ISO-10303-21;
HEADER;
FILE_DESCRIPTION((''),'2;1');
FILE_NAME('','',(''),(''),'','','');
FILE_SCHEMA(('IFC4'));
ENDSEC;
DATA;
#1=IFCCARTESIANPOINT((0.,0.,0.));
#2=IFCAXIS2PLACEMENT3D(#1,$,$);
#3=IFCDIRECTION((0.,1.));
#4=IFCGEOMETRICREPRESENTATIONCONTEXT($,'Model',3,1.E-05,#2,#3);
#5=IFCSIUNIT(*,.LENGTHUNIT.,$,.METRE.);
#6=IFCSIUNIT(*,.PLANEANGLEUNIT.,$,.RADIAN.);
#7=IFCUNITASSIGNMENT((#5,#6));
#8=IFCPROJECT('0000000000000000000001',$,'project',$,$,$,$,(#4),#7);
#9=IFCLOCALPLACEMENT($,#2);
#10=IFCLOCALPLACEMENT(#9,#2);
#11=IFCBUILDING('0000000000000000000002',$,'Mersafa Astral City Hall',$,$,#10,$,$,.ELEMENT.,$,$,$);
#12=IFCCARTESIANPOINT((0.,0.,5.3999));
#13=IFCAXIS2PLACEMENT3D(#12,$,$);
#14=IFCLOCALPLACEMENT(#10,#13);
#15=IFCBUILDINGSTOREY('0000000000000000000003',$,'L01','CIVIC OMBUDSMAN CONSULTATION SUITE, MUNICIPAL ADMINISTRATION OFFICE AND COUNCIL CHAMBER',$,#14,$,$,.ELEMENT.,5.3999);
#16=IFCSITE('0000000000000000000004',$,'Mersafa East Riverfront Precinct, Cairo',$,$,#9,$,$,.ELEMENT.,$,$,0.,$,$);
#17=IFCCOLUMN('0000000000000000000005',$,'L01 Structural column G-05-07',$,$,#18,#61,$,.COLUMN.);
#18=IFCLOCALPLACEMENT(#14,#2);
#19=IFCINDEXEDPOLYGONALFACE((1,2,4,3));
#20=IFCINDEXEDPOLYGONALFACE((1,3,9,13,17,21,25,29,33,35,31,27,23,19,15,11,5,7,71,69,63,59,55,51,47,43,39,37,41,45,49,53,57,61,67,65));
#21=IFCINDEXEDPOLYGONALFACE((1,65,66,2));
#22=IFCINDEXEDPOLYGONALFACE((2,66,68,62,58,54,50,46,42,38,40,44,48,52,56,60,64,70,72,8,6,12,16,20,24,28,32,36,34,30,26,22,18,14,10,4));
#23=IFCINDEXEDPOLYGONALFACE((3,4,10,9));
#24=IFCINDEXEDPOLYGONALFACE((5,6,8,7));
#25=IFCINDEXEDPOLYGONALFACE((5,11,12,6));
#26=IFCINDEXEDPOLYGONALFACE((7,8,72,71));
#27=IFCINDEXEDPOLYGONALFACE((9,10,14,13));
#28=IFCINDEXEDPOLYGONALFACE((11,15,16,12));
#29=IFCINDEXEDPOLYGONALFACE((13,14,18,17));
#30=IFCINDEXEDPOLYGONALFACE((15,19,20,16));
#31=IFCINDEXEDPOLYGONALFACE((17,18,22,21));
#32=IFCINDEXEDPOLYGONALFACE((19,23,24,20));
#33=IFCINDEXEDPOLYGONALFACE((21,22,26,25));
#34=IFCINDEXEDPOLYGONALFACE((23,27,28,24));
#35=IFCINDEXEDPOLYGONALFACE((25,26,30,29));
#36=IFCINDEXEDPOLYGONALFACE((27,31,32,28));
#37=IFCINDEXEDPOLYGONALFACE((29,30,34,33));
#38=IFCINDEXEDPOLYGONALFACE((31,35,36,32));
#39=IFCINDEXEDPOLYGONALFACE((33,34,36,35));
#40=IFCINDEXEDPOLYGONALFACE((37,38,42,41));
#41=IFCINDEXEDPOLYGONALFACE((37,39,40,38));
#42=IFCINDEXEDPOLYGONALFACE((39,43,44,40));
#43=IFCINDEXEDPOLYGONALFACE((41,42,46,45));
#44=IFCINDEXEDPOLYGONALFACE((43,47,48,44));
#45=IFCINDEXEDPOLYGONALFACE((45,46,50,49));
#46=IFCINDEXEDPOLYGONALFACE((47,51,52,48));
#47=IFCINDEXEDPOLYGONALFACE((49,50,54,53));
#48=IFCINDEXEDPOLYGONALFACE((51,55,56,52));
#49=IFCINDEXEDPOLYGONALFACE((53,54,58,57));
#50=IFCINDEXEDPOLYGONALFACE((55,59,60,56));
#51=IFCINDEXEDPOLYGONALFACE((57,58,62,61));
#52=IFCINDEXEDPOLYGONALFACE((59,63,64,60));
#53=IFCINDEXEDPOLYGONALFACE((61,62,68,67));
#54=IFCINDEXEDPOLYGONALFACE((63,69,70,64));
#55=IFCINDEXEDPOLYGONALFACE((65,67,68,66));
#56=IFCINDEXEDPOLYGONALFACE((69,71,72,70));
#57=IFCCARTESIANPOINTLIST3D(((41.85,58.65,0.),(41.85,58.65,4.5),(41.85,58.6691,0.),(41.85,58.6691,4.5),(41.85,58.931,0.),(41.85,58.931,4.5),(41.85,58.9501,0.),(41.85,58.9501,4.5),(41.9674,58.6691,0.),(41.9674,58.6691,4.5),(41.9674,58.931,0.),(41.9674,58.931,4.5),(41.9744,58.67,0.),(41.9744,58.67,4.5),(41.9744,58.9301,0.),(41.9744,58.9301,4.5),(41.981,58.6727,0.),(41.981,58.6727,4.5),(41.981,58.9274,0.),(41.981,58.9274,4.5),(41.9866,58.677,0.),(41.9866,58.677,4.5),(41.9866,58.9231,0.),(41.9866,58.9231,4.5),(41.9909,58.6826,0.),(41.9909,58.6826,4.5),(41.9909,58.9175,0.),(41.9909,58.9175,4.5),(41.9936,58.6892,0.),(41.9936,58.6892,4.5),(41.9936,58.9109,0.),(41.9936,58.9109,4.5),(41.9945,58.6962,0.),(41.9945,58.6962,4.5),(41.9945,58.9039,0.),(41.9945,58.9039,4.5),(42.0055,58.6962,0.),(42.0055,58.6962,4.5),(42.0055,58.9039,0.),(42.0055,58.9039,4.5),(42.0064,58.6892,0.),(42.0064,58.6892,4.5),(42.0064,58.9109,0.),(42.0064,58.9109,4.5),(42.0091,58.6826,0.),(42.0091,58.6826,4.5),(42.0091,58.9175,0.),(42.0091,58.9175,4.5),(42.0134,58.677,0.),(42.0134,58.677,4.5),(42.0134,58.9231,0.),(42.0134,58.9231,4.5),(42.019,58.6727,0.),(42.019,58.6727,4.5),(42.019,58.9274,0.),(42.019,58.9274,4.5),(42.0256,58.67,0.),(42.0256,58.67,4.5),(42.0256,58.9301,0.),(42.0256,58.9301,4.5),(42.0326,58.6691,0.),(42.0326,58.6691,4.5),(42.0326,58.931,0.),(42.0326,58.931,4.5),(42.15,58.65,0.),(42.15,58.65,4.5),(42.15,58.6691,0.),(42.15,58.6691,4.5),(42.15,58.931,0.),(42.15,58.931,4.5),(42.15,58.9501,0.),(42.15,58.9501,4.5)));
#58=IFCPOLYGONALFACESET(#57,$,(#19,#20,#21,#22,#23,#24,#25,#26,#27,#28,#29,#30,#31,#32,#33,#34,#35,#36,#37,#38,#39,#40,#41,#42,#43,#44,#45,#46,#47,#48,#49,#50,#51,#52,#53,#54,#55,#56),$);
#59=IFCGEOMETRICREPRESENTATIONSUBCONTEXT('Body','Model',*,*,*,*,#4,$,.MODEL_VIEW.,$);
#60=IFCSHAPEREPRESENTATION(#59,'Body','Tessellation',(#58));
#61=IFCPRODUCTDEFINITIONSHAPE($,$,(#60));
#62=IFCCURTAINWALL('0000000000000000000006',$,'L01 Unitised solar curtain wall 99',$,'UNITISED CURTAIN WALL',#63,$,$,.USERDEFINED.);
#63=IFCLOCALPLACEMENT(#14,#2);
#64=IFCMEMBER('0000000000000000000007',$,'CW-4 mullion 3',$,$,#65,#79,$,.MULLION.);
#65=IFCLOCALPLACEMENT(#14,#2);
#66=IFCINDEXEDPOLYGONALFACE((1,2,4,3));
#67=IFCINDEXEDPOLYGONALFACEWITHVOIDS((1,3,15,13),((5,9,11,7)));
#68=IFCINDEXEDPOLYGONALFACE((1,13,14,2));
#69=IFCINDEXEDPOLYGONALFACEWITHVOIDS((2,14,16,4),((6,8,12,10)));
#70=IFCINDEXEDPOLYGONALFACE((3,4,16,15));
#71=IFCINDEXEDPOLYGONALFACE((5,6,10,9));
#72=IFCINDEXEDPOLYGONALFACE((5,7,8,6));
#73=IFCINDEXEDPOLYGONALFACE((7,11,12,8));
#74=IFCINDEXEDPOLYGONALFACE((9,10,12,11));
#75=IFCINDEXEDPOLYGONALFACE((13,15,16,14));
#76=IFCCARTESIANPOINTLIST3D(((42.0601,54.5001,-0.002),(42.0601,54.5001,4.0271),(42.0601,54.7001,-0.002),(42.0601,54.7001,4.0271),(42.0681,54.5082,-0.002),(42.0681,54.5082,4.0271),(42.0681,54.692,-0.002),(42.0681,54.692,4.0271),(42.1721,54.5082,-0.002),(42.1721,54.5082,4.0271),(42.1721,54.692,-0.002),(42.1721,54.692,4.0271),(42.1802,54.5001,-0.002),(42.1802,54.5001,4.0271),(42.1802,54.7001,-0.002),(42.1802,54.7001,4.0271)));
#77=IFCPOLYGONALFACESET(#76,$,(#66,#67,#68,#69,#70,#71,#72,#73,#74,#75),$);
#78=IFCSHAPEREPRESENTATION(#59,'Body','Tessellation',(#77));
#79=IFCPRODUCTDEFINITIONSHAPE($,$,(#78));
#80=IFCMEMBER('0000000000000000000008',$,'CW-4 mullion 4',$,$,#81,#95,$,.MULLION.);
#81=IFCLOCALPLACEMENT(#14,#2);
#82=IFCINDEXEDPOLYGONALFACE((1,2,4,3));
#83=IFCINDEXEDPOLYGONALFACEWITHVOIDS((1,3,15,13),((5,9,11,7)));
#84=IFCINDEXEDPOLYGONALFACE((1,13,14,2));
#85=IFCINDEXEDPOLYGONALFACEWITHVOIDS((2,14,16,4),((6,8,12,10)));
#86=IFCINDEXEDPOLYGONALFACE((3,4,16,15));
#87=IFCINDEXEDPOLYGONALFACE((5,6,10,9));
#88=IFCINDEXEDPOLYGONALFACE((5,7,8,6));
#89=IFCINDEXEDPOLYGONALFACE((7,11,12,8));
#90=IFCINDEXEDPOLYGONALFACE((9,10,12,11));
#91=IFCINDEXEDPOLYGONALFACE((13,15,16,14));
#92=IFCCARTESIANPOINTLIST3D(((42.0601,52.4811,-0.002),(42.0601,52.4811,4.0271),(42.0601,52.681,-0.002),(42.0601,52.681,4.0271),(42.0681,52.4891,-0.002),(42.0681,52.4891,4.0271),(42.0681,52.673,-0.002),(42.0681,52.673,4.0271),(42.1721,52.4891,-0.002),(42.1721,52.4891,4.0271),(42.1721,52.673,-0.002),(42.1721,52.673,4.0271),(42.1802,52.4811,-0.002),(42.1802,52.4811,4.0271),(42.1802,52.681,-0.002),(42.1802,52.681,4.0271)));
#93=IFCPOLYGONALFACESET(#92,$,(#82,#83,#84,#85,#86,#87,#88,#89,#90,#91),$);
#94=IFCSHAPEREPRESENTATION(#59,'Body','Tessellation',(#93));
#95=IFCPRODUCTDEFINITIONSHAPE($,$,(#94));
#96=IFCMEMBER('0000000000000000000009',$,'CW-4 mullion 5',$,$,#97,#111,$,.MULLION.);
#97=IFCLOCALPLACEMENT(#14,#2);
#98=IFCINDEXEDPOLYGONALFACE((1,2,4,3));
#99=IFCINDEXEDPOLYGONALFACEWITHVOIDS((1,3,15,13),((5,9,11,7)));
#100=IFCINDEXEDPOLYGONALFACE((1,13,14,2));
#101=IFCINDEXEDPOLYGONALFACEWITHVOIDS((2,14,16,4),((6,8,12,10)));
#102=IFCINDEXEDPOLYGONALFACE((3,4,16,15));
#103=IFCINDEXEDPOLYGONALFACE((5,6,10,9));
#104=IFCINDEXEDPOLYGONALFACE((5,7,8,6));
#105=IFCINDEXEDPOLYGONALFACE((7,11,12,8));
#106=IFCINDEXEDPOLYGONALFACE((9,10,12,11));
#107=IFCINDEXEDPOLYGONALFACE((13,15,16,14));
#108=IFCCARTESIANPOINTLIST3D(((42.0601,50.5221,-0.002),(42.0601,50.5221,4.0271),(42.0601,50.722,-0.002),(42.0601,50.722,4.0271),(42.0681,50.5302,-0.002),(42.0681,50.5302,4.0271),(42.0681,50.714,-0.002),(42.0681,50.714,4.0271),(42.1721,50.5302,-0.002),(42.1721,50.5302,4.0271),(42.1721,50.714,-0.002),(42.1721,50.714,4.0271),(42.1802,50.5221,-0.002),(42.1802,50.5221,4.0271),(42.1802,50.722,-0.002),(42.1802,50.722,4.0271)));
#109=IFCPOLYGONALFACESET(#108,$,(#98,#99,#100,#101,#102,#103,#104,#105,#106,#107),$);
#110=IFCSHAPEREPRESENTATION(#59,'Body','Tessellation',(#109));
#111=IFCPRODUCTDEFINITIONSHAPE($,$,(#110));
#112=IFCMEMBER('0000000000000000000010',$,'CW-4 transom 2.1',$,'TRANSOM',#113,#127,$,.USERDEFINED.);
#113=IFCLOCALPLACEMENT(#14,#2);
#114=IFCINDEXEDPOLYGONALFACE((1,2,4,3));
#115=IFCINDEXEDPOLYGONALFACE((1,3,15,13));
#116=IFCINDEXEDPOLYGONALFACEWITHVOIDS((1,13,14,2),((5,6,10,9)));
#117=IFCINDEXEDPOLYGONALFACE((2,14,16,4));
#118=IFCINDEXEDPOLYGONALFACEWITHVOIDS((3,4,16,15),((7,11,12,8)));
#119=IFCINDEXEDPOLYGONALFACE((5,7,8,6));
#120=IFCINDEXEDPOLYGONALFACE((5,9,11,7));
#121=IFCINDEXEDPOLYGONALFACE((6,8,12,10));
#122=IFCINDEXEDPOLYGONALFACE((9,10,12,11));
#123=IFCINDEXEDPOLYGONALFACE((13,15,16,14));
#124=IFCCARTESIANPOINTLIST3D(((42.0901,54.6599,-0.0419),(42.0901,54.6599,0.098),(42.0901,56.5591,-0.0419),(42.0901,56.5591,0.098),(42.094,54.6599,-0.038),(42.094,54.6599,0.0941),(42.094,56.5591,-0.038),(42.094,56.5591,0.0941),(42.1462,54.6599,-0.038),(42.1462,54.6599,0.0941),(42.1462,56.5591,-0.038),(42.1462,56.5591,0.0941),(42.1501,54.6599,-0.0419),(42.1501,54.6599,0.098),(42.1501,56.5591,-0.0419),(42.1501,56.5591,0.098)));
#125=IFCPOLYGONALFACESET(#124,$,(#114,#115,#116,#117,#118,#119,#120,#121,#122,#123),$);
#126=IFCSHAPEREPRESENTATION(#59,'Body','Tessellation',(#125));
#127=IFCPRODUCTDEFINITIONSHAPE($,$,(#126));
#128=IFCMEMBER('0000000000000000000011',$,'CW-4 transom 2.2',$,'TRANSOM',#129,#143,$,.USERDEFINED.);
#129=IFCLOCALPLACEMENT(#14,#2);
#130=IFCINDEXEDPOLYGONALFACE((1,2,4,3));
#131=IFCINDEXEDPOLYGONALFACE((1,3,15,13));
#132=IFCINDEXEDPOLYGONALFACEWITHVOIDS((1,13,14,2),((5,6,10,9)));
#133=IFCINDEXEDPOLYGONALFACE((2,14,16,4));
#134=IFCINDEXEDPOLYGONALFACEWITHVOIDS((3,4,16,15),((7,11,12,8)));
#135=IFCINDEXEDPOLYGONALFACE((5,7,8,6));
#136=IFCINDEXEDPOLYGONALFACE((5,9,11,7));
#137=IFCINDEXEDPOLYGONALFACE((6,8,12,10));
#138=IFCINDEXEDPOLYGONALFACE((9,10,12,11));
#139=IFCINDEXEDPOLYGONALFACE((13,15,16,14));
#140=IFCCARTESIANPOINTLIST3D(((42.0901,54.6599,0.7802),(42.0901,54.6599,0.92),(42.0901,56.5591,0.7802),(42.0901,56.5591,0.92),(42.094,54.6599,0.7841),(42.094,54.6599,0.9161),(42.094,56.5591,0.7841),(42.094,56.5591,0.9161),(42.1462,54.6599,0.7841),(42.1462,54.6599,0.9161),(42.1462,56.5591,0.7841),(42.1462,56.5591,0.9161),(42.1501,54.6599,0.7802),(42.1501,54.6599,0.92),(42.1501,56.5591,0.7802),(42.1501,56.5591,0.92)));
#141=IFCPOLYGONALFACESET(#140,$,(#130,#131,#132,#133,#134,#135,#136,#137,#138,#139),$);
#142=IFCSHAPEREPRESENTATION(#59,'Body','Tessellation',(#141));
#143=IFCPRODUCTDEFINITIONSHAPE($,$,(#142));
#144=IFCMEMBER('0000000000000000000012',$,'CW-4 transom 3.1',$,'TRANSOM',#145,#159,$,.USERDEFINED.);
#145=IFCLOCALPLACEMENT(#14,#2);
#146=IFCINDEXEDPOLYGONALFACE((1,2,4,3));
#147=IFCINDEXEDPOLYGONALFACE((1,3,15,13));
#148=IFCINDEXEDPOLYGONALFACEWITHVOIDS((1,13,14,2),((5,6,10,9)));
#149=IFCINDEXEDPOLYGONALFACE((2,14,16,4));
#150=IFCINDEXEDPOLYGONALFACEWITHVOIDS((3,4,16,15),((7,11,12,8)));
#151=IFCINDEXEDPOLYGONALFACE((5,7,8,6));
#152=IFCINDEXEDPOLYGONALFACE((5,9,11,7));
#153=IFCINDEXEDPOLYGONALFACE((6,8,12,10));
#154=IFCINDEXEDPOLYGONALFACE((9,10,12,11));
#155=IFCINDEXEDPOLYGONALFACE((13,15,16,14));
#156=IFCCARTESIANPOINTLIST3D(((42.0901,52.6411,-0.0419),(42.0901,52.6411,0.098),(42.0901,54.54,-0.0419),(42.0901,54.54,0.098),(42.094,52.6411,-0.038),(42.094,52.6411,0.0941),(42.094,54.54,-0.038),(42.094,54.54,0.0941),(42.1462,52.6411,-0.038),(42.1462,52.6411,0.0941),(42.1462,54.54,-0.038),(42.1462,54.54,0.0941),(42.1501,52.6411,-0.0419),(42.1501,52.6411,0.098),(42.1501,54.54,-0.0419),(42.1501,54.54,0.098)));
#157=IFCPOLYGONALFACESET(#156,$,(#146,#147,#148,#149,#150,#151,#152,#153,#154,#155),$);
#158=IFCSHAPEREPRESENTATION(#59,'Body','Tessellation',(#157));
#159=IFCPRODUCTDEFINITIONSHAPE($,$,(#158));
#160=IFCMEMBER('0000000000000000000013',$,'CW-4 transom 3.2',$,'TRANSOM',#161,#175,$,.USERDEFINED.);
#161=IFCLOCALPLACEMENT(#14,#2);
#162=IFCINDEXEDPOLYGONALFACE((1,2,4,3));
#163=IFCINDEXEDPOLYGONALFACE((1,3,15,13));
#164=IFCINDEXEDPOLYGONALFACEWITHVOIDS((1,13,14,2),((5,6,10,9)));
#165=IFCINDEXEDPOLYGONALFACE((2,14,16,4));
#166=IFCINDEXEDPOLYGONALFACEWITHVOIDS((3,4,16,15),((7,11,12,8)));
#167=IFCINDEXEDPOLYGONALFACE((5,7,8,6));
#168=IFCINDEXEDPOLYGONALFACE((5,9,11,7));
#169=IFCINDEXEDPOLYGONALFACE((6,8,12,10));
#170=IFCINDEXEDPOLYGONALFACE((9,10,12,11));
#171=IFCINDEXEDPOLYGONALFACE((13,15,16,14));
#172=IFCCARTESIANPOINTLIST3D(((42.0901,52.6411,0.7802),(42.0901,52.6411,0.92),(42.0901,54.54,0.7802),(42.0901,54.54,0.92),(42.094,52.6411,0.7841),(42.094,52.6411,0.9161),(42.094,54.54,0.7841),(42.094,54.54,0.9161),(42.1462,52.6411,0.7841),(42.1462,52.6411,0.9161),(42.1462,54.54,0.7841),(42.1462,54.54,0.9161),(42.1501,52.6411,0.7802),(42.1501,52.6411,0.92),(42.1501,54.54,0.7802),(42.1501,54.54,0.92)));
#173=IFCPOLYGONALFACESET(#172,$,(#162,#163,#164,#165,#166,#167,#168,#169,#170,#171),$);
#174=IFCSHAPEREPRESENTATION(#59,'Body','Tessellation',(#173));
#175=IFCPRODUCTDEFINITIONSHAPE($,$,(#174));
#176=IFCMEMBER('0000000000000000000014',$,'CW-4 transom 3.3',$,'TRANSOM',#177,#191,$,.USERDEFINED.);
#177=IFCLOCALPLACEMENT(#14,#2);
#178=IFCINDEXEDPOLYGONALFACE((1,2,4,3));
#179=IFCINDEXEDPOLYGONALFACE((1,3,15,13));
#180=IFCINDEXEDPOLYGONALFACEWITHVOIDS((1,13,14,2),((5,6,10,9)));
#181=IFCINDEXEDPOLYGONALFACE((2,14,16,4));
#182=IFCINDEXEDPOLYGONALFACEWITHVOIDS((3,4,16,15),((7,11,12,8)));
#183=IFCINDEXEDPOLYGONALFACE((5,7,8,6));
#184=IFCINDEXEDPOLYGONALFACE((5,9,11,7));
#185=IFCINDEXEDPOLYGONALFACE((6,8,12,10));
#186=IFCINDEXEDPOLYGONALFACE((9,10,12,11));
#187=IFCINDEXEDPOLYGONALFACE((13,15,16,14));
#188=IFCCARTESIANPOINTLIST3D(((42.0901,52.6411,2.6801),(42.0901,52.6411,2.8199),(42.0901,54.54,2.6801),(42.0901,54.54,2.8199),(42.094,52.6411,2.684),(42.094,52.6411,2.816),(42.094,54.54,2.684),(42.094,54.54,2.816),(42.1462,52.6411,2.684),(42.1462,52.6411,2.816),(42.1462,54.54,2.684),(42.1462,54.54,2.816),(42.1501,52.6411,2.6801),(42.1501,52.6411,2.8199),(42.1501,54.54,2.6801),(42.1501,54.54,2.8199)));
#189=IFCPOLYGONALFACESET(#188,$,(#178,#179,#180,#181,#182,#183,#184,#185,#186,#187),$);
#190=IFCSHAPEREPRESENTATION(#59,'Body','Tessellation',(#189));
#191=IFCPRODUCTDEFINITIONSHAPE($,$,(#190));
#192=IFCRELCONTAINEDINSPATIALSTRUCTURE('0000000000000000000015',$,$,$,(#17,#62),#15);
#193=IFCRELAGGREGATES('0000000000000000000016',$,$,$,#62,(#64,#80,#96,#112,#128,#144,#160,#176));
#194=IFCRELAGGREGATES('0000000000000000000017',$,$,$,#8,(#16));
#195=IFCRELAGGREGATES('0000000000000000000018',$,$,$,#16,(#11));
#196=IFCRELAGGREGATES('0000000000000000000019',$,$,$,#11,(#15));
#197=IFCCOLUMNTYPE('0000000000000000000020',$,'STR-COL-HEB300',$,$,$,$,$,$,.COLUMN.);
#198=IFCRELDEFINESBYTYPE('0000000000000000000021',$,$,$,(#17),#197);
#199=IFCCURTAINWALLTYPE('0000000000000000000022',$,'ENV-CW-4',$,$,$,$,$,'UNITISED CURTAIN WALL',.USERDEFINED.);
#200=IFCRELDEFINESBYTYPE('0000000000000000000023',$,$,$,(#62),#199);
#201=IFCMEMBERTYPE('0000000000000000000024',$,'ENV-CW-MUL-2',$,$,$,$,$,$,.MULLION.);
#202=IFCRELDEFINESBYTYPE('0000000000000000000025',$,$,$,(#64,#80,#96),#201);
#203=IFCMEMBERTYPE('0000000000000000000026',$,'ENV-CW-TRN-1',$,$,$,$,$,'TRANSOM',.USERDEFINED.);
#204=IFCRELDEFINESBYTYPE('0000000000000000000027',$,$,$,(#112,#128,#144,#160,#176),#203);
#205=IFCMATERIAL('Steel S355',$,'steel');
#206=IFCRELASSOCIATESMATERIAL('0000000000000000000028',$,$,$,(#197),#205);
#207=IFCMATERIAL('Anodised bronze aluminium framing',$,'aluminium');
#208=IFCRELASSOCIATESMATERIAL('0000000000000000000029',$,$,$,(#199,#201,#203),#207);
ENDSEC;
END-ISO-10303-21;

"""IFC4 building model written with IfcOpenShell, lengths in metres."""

from ifc_helpers import new_model, si_unit, direction, frame, origin, origin_2d, place, context, subcontext, project, spatial, hollow_rectangle, i_section, extrude, material, material_profile, profile_set, type_object, element, aggregate, save


model = new_model("IFC4")

# Units and contexts
model_context = context("Model", 3, precision=1e-05, world=origin(), true_north=direction((0.0, 1.0)))
body_context = subcontext(model_context, "Body", "Model", "MODEL_VIEW")
ifc_project = project(units=[si_unit("LENGTHUNIT", "METRE"), si_unit("PLANEANGLEUNIT", "RADIAN")], contexts=[model_context])

# Site, building, storey
site_placement = place(None, origin())
site = spatial("IfcSite", under=ifc_project, at=site_placement, Name="Mersafa East Riverfront Precinct, Cairo", CompositionType="ELEMENT", RefElevation=0.0)
building_placement = place(site_placement, origin())
building = spatial("IfcBuilding", under=site, at=building_placement, Name="Mersafa Astral City Hall", CompositionType="ELEMENT")
storey_placement = place(building_placement, frame((0.0, 0.0, 5.3999)))
storey = spatial("IfcBuildingStorey", under=building, at=storey_placement, Name="L01", Description="CIVIC OMBUDSMAN CONSULTATION SUITE, MUNICIPAL ADMINISTRATION OFFICE AND COUNCIL CHAMBER", CompositionType="ELEMENT", Elevation=5.3999)

# Column
ifc_material_1 = material(Name="Steel S355", Category="steel")
ifc_material_profile_1 = material_profile(ifc_material_1, i_section(OverallWidth=0.3, OverallDepth=0.3, WebThickness=0.011, FlangeThickness=0.019, FilletRadius=0.0271, at=origin_2d()), Name="HEB 300")
ifc_profile_set_1 = profile_set([ifc_material_profile_1], Name="Steel S355")
column_type = type_object("IfcColumnType", Name="STR-COL-HEB300", PredefinedType="COLUMN", material=ifc_profile_set_1)
column_placement = place(storey_placement, frame((42.0, 58.8, 0.0), z_axis=(0.0, 0.0, 1.0), x_axis=(1.0, 0.0, 0.0)))
element("IfcColumn", 1, at=column_placement, inside=storey, type_object=column_type, Name="L01 Structural column G-05-07", PredefinedType="COLUMN", context=body_context, shape_type="SweptSolid", body=[
    extrude(i_section(OverallWidth=0.3, OverallDepth=0.3, WebThickness=0.011, FlangeThickness=0.019, FilletRadius=0.0271, at=origin_2d()), origin(), (0.0, 0.0, 1.0), 4.5),
])

# Curtain wall, members
ifc_material_2 = material(Name="Anodised bronze aluminium framing", Category="aluminium")
curtain_wall_type = type_object("IfcCurtainWallType", Name="ENV-CW-4", ElementType="UNITISED CURTAIN WALL", PredefinedType="USERDEFINED", material=ifc_material_2)
curtain_wall_placement = place(storey_placement, origin())
curtain_wall = element("IfcCurtainWall", 2, at=curtain_wall_placement, inside=storey, type_object=curtain_wall_type, Name="L01 Unitised solar curtain wall 99", ObjectType="UNITISED CURTAIN WALL", PredefinedType="USERDEFINED")
ifc_material_profile_2 = material_profile(ifc_material_2, hollow_rectangle(XDim=0.1201, YDim=0.2, WallThickness=0.0081, at=origin_2d()), Name="RHS 120x200x8")
ifc_profile_set_2 = profile_set([ifc_material_profile_2], Name="Anodised bronze aluminium framing")
member_type_1 = type_object("IfcMemberType", Name="ENV-CW-MUL-2", PredefinedType="MULLION", material=ifc_profile_set_2)
member_1_placement = place(storey_placement, frame((42.1201, 54.6001, -0.002), z_axis=(0.0, 0.0, 1.0), x_axis=(1.0, 0.0, 0.0)))
member_1 = element("IfcMember", 3, at=member_1_placement, type_object=member_type_1, Name="CW-4 mullion 3", PredefinedType="MULLION", context=body_context, shape_type="SweptSolid", body=[
    extrude(hollow_rectangle(XDim=0.1201, YDim=0.2, WallThickness=0.0081, at=origin_2d()), origin(), (0.0, 0.0, 1.0), 4.0291),
])
member_2_placement = place(storey_placement, frame((42.1201, 52.5811, -0.002), z_axis=(0.0, 0.0, 1.0), x_axis=(1.0, 0.0, 0.0)))
member_2 = element("IfcMember", 4, at=member_2_placement, type_object=member_type_1, Name="CW-4 mullion 4", PredefinedType="MULLION", context=body_context, shape_type="SweptSolid", body=[
    extrude(hollow_rectangle(XDim=0.1201, YDim=0.2, WallThickness=0.0081, at=origin_2d()), origin(), (0.0, 0.0, 1.0), 4.0291),
])
member_3_placement = place(storey_placement, frame((42.1201, 50.6221, -0.002), z_axis=(0.0, 0.0, 1.0), x_axis=(1.0, 0.0, 0.0)))
member_3 = element("IfcMember", 5, at=member_3_placement, type_object=member_type_1, Name="CW-4 mullion 5", PredefinedType="MULLION", context=body_context, shape_type="SweptSolid", body=[
    extrude(hollow_rectangle(XDim=0.1201, YDim=0.2, WallThickness=0.0081, at=origin_2d()), origin(), (0.0, 0.0, 1.0), 4.0291),
])
ifc_material_profile_3 = material_profile(ifc_material_2, hollow_rectangle(XDim=0.0601, YDim=0.1399, WallThickness=0.0039, at=origin_2d()), Name="RHS 60x140x4")
ifc_profile_set_3 = profile_set([ifc_material_profile_3], Name="Anodised bronze aluminium framing")
member_type_2 = type_object("IfcMemberType", Name="ENV-CW-TRN-1", ElementType="TRANSOM", PredefinedType="USERDEFINED", material=ifc_profile_set_3)
member_4_placement = place(storey_placement, frame((42.1201, 56.5591, 0.0281), z_axis=(0.0, -1.0, 0.0), x_axis=(1.0, 0.0, 0.0)))
member_4 = element("IfcMember", 6, at=member_4_placement, type_object=member_type_2, Name="CW-4 transom 2.1", ObjectType="TRANSOM", PredefinedType="USERDEFINED", context=body_context, shape_type="SweptSolid", body=[
    extrude(hollow_rectangle(XDim=0.0601, YDim=0.1399, WallThickness=0.0039, at=origin_2d()), origin(), (0.0, 0.0, 1.0), 1.8992),
])
member_5_placement = place(storey_placement, frame((42.1201, 56.5591, 0.8501), z_axis=(0.0, -1.0, 0.0), x_axis=(1.0, 0.0, 0.0)))
member_5 = element("IfcMember", 7, at=member_5_placement, type_object=member_type_2, Name="CW-4 transom 2.2", ObjectType="TRANSOM", PredefinedType="USERDEFINED", context=body_context, shape_type="SweptSolid", body=[
    extrude(hollow_rectangle(XDim=0.0601, YDim=0.1399, WallThickness=0.0039, at=origin_2d()), origin(), (0.0, 0.0, 1.0), 1.8992),
])
member_6_placement = place(storey_placement, frame((42.1201, 54.54, 0.0281), z_axis=(0.0, -1.0, 0.0), x_axis=(1.0, 0.0, 0.0)))
member_6 = element("IfcMember", 8, at=member_6_placement, type_object=member_type_2, Name="CW-4 transom 3.1", ObjectType="TRANSOM", PredefinedType="USERDEFINED", context=body_context, shape_type="SweptSolid", body=[
    extrude(hollow_rectangle(XDim=0.0601, YDim=0.1399, WallThickness=0.0039, at=origin_2d()), origin(), (0.0, 0.0, 1.0), 1.8989),
])
member_7_placement = place(storey_placement, frame((42.1201, 54.54, 0.8501), z_axis=(0.0, -1.0, 0.0), x_axis=(1.0, 0.0, 0.0)))
member_7 = element("IfcMember", 9, at=member_7_placement, type_object=member_type_2, Name="CW-4 transom 3.2", ObjectType="TRANSOM", PredefinedType="USERDEFINED", context=body_context, shape_type="SweptSolid", body=[
    extrude(hollow_rectangle(XDim=0.0601, YDim=0.1399, WallThickness=0.0039, at=origin_2d()), origin(), (0.0, 0.0, 1.0), 1.8989),
])
member_8_placement = place(storey_placement, frame((42.1201, 54.54, 2.75), z_axis=(0.0, -1.0, 0.0), x_axis=(1.0, 0.0, 0.0)))
member_8 = element("IfcMember", 10, at=member_8_placement, type_object=member_type_2, Name="CW-4 transom 3.3", ObjectType="TRANSOM", PredefinedType="USERDEFINED", context=body_context, shape_type="SweptSolid", body=[
    extrude(hollow_rectangle(XDim=0.0601, YDim=0.1399, WallThickness=0.0039, at=origin_2d()), origin(), (0.0, 0.0, 1.0), 1.8989),
])

aggregate(curtain_wall, [member_1, member_2, member_3, member_4, member_5, member_6, member_7, member_8])

save(model, "model.ifc")
